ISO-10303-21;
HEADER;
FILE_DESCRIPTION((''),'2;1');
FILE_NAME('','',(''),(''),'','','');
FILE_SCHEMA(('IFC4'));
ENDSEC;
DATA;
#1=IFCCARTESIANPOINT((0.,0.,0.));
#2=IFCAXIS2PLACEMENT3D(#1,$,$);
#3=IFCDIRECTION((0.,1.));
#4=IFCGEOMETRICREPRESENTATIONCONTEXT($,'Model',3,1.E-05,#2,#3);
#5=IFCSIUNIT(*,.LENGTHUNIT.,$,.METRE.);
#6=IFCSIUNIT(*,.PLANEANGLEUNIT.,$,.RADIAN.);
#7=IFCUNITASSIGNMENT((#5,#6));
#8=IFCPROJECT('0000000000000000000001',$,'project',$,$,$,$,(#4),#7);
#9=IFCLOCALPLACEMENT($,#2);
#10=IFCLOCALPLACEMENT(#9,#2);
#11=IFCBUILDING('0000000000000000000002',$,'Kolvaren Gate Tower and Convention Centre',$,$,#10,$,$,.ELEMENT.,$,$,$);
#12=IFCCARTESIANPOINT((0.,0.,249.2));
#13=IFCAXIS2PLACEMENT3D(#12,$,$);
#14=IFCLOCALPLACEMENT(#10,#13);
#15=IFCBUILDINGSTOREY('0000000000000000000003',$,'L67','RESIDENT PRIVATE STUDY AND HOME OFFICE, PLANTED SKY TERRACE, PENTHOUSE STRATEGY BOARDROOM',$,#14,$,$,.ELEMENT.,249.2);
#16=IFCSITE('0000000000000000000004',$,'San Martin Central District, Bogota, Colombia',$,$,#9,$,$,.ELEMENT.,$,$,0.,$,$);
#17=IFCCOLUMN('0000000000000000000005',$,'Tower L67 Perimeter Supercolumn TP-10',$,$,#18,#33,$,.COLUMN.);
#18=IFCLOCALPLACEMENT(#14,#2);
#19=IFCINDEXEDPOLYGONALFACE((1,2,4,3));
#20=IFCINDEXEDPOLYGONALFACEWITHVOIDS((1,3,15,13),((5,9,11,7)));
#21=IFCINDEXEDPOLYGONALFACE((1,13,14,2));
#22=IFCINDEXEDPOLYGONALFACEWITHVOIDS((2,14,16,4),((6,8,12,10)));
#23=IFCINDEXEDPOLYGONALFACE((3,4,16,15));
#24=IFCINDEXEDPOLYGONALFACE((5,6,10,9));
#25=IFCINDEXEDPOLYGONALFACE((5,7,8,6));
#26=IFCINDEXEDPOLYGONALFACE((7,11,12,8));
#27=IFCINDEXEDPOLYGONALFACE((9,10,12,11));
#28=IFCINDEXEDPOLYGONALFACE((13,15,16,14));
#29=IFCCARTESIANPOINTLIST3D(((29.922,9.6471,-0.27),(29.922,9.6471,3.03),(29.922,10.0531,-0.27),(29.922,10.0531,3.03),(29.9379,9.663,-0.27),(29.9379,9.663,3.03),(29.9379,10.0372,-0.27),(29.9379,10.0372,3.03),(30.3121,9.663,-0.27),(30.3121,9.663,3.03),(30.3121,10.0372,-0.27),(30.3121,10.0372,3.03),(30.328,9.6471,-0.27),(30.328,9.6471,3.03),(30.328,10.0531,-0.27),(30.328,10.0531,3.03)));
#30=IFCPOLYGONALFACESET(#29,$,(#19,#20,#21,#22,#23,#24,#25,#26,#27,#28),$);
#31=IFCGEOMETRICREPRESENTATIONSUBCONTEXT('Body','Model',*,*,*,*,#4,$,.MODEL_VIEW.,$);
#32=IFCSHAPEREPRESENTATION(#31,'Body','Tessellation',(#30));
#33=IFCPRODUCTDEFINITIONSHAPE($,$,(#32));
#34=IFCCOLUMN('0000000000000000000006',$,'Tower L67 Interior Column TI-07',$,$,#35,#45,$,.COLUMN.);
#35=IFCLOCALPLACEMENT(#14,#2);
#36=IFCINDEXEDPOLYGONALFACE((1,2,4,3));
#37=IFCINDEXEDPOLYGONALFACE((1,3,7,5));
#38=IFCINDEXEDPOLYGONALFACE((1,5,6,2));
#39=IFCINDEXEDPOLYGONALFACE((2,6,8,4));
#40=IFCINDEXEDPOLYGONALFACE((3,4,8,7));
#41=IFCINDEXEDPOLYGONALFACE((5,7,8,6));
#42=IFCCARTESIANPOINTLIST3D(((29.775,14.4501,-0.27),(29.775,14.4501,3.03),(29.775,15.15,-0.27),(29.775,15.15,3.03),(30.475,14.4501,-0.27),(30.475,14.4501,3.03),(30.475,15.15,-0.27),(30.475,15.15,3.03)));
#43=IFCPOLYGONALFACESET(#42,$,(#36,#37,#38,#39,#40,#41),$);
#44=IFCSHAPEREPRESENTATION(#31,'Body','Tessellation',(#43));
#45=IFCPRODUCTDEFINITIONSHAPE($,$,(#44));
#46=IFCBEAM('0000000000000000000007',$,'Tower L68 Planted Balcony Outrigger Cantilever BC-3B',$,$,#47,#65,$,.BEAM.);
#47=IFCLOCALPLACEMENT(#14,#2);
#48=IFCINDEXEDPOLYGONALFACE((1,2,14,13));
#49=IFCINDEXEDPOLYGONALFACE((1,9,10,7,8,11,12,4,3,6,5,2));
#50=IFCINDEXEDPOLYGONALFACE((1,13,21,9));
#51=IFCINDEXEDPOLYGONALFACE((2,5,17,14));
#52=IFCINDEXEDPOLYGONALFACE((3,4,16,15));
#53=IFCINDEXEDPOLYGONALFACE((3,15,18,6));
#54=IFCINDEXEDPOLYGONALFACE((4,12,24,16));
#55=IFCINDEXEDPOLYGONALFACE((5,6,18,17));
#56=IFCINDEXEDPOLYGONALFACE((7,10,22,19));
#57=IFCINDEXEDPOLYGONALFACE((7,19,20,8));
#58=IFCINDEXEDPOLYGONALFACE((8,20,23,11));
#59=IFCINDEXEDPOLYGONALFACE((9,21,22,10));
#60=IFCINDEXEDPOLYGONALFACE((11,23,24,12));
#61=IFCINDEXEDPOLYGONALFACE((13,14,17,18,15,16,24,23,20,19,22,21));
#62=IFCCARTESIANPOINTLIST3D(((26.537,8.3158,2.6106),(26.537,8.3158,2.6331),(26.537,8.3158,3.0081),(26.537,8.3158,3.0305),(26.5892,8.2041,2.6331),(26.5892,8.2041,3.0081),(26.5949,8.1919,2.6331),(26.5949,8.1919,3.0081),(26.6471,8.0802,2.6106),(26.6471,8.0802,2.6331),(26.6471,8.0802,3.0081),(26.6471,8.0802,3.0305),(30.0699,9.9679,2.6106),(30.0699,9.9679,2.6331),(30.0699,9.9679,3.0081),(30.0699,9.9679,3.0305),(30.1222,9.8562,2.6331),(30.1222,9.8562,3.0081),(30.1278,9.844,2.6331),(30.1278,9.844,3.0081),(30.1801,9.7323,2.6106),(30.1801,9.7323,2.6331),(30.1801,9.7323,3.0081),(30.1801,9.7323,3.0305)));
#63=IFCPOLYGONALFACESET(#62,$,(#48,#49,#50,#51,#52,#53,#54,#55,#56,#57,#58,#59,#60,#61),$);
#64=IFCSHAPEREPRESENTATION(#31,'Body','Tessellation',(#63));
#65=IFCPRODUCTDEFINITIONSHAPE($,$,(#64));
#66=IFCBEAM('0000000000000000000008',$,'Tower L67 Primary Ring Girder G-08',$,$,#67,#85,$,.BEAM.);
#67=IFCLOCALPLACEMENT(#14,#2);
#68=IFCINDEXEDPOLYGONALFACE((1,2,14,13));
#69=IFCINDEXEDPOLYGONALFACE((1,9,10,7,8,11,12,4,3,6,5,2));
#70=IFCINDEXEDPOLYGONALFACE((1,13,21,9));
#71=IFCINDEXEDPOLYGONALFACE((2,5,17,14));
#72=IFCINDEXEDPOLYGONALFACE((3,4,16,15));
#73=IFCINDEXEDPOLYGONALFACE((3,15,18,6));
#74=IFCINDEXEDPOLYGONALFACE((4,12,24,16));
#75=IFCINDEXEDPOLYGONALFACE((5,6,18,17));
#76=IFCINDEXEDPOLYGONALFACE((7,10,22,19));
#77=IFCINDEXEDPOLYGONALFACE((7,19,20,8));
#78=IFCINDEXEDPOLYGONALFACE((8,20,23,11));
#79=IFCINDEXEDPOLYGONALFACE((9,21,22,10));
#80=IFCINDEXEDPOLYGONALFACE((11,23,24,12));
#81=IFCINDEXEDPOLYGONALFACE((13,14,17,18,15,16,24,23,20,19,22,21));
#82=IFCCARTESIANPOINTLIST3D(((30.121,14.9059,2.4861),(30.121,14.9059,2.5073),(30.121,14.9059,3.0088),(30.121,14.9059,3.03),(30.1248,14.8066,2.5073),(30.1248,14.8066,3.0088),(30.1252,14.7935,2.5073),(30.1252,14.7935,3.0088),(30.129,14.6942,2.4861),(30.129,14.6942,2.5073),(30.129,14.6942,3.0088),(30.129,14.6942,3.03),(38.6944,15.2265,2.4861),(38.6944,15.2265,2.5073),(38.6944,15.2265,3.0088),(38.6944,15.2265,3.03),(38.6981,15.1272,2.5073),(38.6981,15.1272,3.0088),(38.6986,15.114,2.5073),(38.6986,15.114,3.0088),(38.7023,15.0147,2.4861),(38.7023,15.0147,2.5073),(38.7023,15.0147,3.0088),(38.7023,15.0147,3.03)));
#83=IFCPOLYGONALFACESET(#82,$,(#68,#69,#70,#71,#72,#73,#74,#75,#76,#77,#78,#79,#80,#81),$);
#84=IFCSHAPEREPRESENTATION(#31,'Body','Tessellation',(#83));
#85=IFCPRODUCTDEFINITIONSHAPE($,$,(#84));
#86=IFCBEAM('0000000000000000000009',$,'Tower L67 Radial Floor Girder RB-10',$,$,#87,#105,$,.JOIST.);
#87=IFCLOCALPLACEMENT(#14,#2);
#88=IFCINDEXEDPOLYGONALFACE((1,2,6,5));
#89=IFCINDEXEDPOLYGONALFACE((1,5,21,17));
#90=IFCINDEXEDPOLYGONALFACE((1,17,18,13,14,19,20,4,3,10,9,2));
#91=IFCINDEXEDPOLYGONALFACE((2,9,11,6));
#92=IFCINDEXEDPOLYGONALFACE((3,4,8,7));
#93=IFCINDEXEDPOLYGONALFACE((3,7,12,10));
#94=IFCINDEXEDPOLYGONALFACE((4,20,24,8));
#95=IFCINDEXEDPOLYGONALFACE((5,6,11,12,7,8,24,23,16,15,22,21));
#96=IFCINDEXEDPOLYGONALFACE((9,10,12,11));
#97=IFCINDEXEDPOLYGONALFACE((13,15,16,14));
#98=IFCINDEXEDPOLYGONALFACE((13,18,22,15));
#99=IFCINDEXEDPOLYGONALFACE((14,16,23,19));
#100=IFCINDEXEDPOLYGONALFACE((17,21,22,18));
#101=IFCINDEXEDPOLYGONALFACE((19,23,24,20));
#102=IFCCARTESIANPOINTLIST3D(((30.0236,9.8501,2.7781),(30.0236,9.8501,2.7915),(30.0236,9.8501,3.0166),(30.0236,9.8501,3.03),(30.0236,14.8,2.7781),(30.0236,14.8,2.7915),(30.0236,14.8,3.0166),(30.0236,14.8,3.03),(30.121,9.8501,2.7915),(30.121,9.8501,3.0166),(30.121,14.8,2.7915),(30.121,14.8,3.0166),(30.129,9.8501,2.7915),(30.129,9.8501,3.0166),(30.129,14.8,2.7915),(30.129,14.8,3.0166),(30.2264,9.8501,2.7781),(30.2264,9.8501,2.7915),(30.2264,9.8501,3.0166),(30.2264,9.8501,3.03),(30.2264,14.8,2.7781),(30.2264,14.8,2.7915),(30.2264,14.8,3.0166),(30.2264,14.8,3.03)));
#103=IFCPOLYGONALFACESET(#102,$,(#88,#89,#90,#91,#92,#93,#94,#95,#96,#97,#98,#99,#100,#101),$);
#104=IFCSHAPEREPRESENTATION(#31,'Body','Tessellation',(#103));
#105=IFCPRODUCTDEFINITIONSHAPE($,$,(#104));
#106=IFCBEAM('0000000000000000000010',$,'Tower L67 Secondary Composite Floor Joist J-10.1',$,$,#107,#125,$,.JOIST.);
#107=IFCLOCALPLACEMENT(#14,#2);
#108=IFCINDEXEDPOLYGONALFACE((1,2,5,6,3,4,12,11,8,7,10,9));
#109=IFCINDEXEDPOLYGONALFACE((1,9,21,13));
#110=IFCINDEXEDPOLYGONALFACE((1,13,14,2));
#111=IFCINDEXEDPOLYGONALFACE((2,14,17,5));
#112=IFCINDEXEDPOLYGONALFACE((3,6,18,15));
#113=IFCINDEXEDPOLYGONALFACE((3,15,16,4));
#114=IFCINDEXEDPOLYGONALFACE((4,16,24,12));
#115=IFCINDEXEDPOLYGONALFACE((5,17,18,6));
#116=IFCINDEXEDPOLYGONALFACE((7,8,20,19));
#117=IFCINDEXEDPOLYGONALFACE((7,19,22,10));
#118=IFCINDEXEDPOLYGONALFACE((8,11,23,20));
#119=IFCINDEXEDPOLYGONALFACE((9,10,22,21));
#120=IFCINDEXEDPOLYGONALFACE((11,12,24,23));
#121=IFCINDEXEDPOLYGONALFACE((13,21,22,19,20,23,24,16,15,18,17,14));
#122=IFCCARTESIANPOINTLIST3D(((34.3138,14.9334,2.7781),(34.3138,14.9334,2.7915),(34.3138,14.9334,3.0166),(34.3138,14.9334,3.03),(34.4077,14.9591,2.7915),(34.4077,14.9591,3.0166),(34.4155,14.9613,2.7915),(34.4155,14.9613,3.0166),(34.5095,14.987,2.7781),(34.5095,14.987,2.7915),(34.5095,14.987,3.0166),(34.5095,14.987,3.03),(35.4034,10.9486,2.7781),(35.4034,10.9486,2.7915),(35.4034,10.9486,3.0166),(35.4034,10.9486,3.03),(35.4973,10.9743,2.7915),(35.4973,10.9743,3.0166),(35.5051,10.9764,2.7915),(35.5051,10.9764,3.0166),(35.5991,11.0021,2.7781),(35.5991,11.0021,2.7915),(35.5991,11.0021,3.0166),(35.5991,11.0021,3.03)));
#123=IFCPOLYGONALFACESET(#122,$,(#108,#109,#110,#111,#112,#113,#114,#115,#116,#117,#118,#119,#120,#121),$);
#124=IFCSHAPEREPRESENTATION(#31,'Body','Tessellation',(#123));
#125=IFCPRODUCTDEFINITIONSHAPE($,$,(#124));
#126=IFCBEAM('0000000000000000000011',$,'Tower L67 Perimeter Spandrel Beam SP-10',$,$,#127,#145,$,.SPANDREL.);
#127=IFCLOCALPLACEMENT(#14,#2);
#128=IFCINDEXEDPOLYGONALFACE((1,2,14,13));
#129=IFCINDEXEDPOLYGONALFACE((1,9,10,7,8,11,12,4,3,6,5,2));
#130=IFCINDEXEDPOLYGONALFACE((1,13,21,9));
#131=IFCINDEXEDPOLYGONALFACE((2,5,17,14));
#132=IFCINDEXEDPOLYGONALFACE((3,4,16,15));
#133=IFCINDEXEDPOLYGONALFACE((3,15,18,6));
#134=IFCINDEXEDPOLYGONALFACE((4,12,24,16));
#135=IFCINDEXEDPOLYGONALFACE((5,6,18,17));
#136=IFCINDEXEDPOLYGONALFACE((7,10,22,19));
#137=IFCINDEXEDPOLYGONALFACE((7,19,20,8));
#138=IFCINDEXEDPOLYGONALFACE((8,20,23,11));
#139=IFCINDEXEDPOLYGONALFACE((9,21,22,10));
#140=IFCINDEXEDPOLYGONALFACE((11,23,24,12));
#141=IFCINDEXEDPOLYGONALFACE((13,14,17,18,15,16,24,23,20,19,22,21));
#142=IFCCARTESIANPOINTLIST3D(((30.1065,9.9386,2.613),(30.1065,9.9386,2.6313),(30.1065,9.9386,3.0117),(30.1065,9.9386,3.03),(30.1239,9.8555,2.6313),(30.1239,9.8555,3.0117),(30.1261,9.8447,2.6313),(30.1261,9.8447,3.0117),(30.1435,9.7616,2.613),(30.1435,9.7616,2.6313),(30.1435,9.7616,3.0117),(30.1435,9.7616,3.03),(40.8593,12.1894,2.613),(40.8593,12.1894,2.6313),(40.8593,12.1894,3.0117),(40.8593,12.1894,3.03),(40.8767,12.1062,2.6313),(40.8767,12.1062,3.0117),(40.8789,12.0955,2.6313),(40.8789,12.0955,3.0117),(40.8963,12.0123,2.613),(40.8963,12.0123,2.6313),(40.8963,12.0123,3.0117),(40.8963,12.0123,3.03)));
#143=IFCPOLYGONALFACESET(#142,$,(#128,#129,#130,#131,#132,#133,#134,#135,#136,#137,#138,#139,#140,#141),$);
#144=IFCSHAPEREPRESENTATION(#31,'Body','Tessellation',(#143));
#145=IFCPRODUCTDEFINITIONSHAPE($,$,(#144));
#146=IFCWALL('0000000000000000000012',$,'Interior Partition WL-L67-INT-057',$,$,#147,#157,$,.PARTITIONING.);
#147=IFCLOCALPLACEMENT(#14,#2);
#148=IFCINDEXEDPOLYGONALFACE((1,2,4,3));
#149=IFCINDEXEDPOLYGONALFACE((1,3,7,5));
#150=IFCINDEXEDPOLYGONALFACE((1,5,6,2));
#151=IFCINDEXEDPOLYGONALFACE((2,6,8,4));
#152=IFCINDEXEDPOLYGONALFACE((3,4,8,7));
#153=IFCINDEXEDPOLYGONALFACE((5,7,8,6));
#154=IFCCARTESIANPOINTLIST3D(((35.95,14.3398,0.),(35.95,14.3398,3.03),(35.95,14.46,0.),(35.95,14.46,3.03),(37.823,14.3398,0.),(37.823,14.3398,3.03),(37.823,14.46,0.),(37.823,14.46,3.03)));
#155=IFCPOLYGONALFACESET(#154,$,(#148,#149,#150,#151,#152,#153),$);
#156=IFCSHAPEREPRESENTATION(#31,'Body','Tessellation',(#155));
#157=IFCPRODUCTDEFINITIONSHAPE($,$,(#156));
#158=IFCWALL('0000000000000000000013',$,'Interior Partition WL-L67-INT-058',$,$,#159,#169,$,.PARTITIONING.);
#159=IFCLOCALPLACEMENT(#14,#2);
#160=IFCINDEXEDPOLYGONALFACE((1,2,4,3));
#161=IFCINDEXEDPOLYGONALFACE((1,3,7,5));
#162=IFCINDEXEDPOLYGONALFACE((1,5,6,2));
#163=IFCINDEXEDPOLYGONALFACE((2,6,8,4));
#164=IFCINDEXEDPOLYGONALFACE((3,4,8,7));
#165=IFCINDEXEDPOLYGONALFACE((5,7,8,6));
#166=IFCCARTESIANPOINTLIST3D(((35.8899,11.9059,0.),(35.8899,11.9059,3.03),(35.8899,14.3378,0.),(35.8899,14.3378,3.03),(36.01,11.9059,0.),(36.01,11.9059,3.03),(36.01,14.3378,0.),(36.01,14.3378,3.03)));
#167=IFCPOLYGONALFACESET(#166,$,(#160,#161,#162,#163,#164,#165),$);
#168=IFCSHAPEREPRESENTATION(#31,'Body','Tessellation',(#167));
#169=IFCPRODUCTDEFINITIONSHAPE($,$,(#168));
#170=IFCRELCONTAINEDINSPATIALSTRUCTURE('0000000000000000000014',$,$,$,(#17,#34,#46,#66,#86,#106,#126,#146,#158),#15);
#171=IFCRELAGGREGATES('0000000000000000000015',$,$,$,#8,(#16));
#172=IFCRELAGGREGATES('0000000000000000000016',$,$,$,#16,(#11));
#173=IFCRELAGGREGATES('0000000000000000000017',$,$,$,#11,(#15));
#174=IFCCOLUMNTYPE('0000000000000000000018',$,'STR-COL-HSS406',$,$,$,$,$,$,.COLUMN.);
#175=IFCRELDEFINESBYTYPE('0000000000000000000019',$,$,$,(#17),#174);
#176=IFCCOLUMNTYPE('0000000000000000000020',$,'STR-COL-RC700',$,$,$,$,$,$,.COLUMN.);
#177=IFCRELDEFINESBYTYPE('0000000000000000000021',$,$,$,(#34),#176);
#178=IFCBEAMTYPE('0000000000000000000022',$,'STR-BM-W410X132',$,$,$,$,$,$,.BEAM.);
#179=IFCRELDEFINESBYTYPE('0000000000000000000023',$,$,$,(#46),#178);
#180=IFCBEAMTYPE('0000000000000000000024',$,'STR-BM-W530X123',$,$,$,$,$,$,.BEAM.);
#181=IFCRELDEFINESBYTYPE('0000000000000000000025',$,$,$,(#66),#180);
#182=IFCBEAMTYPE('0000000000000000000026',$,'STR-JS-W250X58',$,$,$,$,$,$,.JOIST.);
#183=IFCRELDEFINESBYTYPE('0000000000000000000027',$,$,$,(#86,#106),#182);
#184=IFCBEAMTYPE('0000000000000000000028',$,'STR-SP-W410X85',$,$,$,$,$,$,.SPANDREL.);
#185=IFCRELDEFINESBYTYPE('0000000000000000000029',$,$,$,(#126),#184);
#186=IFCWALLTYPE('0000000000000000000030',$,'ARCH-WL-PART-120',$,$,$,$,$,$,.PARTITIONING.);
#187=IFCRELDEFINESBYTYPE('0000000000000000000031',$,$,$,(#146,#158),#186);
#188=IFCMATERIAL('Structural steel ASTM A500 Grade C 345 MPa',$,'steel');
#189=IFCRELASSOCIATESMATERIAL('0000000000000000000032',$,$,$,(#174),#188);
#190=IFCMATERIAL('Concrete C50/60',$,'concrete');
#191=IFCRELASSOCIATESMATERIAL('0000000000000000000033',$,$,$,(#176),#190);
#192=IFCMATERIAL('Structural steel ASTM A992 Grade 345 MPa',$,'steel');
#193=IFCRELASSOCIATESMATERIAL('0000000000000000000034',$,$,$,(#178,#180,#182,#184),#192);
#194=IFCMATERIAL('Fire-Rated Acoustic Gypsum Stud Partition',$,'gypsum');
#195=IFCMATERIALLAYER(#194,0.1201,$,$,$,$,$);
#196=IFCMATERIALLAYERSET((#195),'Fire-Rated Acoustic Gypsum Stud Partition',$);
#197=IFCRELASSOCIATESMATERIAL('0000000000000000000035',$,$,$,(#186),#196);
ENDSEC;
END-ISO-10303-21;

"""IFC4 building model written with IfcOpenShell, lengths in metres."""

from ifc_helpers import new_model, si_unit, direction, frame, frame_2d, origin, origin_2d, place, context, subcontext, project, spatial, rectangle, hollow_rectangle, i_section, extrude, material, layer, layer_set, material_profile, profile_set, type_object, element, save


model = new_model("IFC4")

# Units and contexts
model_context = context("Model", 3, precision=1e-05, world=origin(), true_north=direction((0.0, 1.0)))
body_context = subcontext(model_context, "Body", "Model", "MODEL_VIEW")
ifc_project = project(units=[si_unit("LENGTHUNIT", "METRE"), si_unit("PLANEANGLEUNIT", "RADIAN")], contexts=[model_context])

# Site, building, storey
site_placement = place(None, origin())
site = spatial("IfcSite", under=ifc_project, at=site_placement, Name="San Martin Central District, Bogota, Colombia", CompositionType="ELEMENT", RefElevation=0.0)
building_placement = place(site_placement, origin())
building = spatial("IfcBuilding", under=site, at=building_placement, Name="Kolvaren Gate Tower and Convention Centre", CompositionType="ELEMENT")
storey_placement = place(building_placement, frame((0.0, 0.0, 249.2)))
storey = spatial("IfcBuildingStorey", under=building, at=storey_placement, Name="L67", Description="RESIDENT PRIVATE STUDY AND HOME OFFICE, PLANTED SKY TERRACE, PENTHOUSE STRATEGY BOARDROOM", CompositionType="ELEMENT", Elevation=249.2)

# Columns
ifc_material_1 = material(Name="Structural steel ASTM A500 Grade C 345 MPa", Category="steel")
ifc_material_profile_1 = material_profile(ifc_material_1, hollow_rectangle(XDim=0.406, YDim=0.406, WallThickness=0.0159, at=origin_2d()), Name="HSS406X406X15.9")
ifc_profile_set_1 = profile_set([ifc_material_profile_1], Name="Structural steel ASTM A500 Grade C 345 MPa")
column_type_1 = type_object("IfcColumnType", Name="STR-COL-HSS406", PredefinedType="COLUMN", material=ifc_profile_set_1)
column_1_placement = place(storey_placement, frame((30.125, 9.8501, -0.27), z_axis=(0.0, 0.0, 1.0), x_axis=(1.0, 0.0, 0.0)))
element("IfcColumn", 1, at=column_1_placement, inside=storey, type_object=column_type_1, Name="Tower L67 Perimeter Supercolumn TP-10", PredefinedType="COLUMN", context=body_context, shape_type="SweptSolid", body=[
    extrude(hollow_rectangle(XDim=0.406, YDim=0.406, WallThickness=0.0159, at=origin_2d()), origin(), (0.0, 0.0, 1.0), 3.3),
])
ifc_material_2 = material(Name="Concrete C50/60", Category="concrete")
ifc_material_profile_2 = material_profile(ifc_material_2, rectangle(XDim=0.7, YDim=0.7, at=origin_2d()), Name="RC-COL-700X700")
ifc_profile_set_2 = profile_set([ifc_material_profile_2], Name="Concrete C50/60")
column_type_2 = type_object("IfcColumnType", Name="STR-COL-RC700", PredefinedType="COLUMN", material=ifc_profile_set_2)
column_2_placement = place(storey_placement, frame((30.125, 14.8, -0.27), z_axis=(0.0, 0.0, 1.0), x_axis=(1.0, 0.0, 0.0)))
element("IfcColumn", 2, at=column_2_placement, inside=storey, type_object=column_type_2, Name="Tower L67 Interior Column TI-07", PredefinedType="COLUMN", context=body_context, shape_type="SweptSolid", body=[
    extrude(rectangle(XDim=0.7, YDim=0.7, at=origin_2d()), origin(), (0.0, 0.0, 1.0), 3.3),
])

# Beams
ifc_material_3 = material(Name="Structural steel ASTM A992 Grade 345 MPa", Category="steel")
ifc_material_profile_3 = material_profile(ifc_material_3, i_section(OverallWidth=0.26, OverallDepth=0.4199, WebThickness=0.0134, FlangeThickness=0.0225, at=origin_2d()), Name="W410X132")
ifc_profile_set_3 = profile_set([ifc_material_profile_3], Name="Structural steel ASTM A992 Grade 345 MPa")
beam_type_1 = type_object("IfcBeamType", Name="STR-BM-W410X132", PredefinedType="BEAM", material=ifc_profile_set_3)
beam_1_placement = place(storey_placement, frame((30.125, 9.8501, 2.8206), z_axis=(-0.90585, -0.423598, 0.0), x_axis=(0.423598, -0.90585, 0.0)))
element("IfcBeam", 3, at=beam_1_placement, inside=storey, type_object=beam_type_1, Name="Tower L68 Planted Balcony Outrigger Cantilever BC-3B", PredefinedType="BEAM", context=body_context, shape_type="SweptSolid", body=[
    extrude(i_section(OverallWidth=0.26, OverallDepth=0.4199, WebThickness=0.0134, FlangeThickness=0.0225, at=origin_2d()), origin(), (0.0, 0.0, 1.0), 3.9001),
])
ifc_material_profile_4 = material_profile(ifc_material_3, i_section(OverallWidth=0.2119, OverallDepth=0.5439, WebThickness=0.0132, FlangeThickness=0.0212, at=origin_2d()), Name="W530X123")
ifc_profile_set_4 = profile_set([ifc_material_profile_4], Name="Structural steel ASTM A992 Grade 345 MPa")
beam_type_2 = type_object("IfcBeamType", Name="STR-BM-W530X123", PredefinedType="BEAM", material=ifc_profile_set_4)
beam_2_placement = place(storey_placement, frame((30.125, 14.8, 2.7581), z_axis=(0.999302, 0.037364, 0.0), x_axis=(-0.037364, 0.999302, 0.0)))
element("IfcBeam", 4, at=beam_2_placement, inside=storey, type_object=beam_type_2, Name="Tower L67 Primary Ring Girder G-08", PredefinedType="BEAM", context=body_context, shape_type="SweptSolid", body=[
    extrude(i_section(OverallWidth=0.2119, OverallDepth=0.5439, WebThickness=0.0132, FlangeThickness=0.0212, at=origin_2d()), origin(), (0.0, 0.0, 1.0), 8.5793),
])
ifc_material_profile_5 = material_profile(ifc_material_3, i_section(OverallWidth=0.2029, OverallDepth=0.252, WebThickness=0.0081, FlangeThickness=0.0134, at=origin_2d()), Name="W250X58")
ifc_profile_set_5 = profile_set([ifc_material_profile_5], Name="Structural steel ASTM A992 Grade 345 MPa")
beam_type_3 = type_object("IfcBeamType", Name="STR-JS-W250X58", PredefinedType="JOIST", material=ifc_profile_set_5)
beam_3_placement = place(storey_placement, frame((30.125, 14.8, 2.9041), z_axis=(0.0, -1.0, 0.0), x_axis=(1.0, 0.0, 0.0)))
element("IfcBeam", 5, at=beam_3_placement, inside=storey, type_object=beam_type_3, Name="Tower L67 Radial Floor Girder RB-10", PredefinedType="JOIST", context=body_context, shape_type="SweptSolid", body=[
    extrude(i_section(OverallWidth=0.2029, OverallDepth=0.252, WebThickness=0.0081, FlangeThickness=0.0134, at=origin_2d()), origin(), (0.0, 0.0, 1.0), 4.95),
])
beam_4_placement = place(storey_placement, frame((34.4116, 14.9602, 2.9041), z_axis=(0.263752, -0.96459, 0.0), x_axis=(0.96459, 0.263752, 0.0)))
element("IfcBeam", 6, at=beam_4_placement, inside=storey, type_object=beam_type_3, Name="Tower L67 Secondary Composite Floor Joist J-10.1", PredefinedType="JOIST", context=body_context, shape_type="SweptSolid", body=[
    extrude(i_section(OverallWidth=0.2029, OverallDepth=0.252, WebThickness=0.0081, FlangeThickness=0.0134, at=origin_2d()), origin(), (0.0, 0.0, 1.0), 4.1311),
])
ifc_material_profile_6 = material_profile(ifc_material_3, i_section(OverallWidth=0.1809, OverallDepth=0.417, WebThickness=0.011, FlangeThickness=0.0183, at=origin_2d()), Name="W410X85")
ifc_profile_set_6 = profile_set([ifc_material_profile_6], Name="Structural steel ASTM A992 Grade 345 MPa")
beam_type_4 = type_object("IfcBeamType", Name="STR-SP-W410X85", PredefinedType="SPANDREL", material=ifc_profile_set_6)
beam_5_placement = place(storey_placement, frame((30.125, 9.8501, 2.8215), z_axis=(0.978788, 0.204878, 0.0), x_axis=(-0.204878, 0.978788, 0.0)))
element("IfcBeam", 7, at=beam_5_placement, inside=storey, type_object=beam_type_4, Name="Tower L67 Perimeter Spandrel Beam SP-10", PredefinedType="SPANDREL", context=body_context, shape_type="SweptSolid", body=[
    extrude(i_section(OverallWidth=0.1809, OverallDepth=0.417, WebThickness=0.011, FlangeThickness=0.0183, at=origin_2d()), origin(), (0.0, 0.0, 1.0), 10.9858),
])

# Walls
ifc_material_4 = material(Name="Fire-Rated Acoustic Gypsum Stud Partition", Category="gypsum")
ifc_layer_1 = layer(ifc_material_4, 0.1201)
ifc_layer_set_1 = layer_set([ifc_layer_1], Name="Fire-Rated Acoustic Gypsum Stud Partition")
wall_type_1 = type_object("IfcWallType", Name="ARCH-WL-PART-120", PredefinedType="PARTITIONING", material=ifc_layer_set_1)
wall_1_placement = place(storey_placement, frame((35.95, 14.3999, 0.0), z_axis=(0.0, 0.0, 1.0), x_axis=(1.0, 0.0, 0.0)))
element("IfcWall", 8, at=wall_1_placement, inside=storey, type_object=wall_type_1, Name="Interior Partition WL-L67-INT-057", PredefinedType="PARTITIONING", context=body_context, shape_type="SweptSolid", body=[
    extrude(rectangle(XDim=1.873, YDim=0.1201, at=frame_2d((0.9365, 0.0))), origin(), (0.0, 0.0, 1.0), 3.03),
])
wall_2_placement = place(storey_placement, frame((35.95, 11.906, 0.0), z_axis=(0.0, 0.0, 1.0), x_axis=(0.0, 1.0, 0.0)))
element("IfcWall", 9, at=wall_2_placement, inside=storey, type_object=wall_type_1, Name="Interior Partition WL-L67-INT-058", PredefinedType="PARTITIONING", context=body_context, shape_type="SweptSolid", body=[
    extrude(rectangle(XDim=2.4319, YDim=0.1201, at=frame_2d((1.2158, 0.0))), origin(), (0.0, 0.0, 1.0), 3.03),
])

save(model, "model.ifc")
